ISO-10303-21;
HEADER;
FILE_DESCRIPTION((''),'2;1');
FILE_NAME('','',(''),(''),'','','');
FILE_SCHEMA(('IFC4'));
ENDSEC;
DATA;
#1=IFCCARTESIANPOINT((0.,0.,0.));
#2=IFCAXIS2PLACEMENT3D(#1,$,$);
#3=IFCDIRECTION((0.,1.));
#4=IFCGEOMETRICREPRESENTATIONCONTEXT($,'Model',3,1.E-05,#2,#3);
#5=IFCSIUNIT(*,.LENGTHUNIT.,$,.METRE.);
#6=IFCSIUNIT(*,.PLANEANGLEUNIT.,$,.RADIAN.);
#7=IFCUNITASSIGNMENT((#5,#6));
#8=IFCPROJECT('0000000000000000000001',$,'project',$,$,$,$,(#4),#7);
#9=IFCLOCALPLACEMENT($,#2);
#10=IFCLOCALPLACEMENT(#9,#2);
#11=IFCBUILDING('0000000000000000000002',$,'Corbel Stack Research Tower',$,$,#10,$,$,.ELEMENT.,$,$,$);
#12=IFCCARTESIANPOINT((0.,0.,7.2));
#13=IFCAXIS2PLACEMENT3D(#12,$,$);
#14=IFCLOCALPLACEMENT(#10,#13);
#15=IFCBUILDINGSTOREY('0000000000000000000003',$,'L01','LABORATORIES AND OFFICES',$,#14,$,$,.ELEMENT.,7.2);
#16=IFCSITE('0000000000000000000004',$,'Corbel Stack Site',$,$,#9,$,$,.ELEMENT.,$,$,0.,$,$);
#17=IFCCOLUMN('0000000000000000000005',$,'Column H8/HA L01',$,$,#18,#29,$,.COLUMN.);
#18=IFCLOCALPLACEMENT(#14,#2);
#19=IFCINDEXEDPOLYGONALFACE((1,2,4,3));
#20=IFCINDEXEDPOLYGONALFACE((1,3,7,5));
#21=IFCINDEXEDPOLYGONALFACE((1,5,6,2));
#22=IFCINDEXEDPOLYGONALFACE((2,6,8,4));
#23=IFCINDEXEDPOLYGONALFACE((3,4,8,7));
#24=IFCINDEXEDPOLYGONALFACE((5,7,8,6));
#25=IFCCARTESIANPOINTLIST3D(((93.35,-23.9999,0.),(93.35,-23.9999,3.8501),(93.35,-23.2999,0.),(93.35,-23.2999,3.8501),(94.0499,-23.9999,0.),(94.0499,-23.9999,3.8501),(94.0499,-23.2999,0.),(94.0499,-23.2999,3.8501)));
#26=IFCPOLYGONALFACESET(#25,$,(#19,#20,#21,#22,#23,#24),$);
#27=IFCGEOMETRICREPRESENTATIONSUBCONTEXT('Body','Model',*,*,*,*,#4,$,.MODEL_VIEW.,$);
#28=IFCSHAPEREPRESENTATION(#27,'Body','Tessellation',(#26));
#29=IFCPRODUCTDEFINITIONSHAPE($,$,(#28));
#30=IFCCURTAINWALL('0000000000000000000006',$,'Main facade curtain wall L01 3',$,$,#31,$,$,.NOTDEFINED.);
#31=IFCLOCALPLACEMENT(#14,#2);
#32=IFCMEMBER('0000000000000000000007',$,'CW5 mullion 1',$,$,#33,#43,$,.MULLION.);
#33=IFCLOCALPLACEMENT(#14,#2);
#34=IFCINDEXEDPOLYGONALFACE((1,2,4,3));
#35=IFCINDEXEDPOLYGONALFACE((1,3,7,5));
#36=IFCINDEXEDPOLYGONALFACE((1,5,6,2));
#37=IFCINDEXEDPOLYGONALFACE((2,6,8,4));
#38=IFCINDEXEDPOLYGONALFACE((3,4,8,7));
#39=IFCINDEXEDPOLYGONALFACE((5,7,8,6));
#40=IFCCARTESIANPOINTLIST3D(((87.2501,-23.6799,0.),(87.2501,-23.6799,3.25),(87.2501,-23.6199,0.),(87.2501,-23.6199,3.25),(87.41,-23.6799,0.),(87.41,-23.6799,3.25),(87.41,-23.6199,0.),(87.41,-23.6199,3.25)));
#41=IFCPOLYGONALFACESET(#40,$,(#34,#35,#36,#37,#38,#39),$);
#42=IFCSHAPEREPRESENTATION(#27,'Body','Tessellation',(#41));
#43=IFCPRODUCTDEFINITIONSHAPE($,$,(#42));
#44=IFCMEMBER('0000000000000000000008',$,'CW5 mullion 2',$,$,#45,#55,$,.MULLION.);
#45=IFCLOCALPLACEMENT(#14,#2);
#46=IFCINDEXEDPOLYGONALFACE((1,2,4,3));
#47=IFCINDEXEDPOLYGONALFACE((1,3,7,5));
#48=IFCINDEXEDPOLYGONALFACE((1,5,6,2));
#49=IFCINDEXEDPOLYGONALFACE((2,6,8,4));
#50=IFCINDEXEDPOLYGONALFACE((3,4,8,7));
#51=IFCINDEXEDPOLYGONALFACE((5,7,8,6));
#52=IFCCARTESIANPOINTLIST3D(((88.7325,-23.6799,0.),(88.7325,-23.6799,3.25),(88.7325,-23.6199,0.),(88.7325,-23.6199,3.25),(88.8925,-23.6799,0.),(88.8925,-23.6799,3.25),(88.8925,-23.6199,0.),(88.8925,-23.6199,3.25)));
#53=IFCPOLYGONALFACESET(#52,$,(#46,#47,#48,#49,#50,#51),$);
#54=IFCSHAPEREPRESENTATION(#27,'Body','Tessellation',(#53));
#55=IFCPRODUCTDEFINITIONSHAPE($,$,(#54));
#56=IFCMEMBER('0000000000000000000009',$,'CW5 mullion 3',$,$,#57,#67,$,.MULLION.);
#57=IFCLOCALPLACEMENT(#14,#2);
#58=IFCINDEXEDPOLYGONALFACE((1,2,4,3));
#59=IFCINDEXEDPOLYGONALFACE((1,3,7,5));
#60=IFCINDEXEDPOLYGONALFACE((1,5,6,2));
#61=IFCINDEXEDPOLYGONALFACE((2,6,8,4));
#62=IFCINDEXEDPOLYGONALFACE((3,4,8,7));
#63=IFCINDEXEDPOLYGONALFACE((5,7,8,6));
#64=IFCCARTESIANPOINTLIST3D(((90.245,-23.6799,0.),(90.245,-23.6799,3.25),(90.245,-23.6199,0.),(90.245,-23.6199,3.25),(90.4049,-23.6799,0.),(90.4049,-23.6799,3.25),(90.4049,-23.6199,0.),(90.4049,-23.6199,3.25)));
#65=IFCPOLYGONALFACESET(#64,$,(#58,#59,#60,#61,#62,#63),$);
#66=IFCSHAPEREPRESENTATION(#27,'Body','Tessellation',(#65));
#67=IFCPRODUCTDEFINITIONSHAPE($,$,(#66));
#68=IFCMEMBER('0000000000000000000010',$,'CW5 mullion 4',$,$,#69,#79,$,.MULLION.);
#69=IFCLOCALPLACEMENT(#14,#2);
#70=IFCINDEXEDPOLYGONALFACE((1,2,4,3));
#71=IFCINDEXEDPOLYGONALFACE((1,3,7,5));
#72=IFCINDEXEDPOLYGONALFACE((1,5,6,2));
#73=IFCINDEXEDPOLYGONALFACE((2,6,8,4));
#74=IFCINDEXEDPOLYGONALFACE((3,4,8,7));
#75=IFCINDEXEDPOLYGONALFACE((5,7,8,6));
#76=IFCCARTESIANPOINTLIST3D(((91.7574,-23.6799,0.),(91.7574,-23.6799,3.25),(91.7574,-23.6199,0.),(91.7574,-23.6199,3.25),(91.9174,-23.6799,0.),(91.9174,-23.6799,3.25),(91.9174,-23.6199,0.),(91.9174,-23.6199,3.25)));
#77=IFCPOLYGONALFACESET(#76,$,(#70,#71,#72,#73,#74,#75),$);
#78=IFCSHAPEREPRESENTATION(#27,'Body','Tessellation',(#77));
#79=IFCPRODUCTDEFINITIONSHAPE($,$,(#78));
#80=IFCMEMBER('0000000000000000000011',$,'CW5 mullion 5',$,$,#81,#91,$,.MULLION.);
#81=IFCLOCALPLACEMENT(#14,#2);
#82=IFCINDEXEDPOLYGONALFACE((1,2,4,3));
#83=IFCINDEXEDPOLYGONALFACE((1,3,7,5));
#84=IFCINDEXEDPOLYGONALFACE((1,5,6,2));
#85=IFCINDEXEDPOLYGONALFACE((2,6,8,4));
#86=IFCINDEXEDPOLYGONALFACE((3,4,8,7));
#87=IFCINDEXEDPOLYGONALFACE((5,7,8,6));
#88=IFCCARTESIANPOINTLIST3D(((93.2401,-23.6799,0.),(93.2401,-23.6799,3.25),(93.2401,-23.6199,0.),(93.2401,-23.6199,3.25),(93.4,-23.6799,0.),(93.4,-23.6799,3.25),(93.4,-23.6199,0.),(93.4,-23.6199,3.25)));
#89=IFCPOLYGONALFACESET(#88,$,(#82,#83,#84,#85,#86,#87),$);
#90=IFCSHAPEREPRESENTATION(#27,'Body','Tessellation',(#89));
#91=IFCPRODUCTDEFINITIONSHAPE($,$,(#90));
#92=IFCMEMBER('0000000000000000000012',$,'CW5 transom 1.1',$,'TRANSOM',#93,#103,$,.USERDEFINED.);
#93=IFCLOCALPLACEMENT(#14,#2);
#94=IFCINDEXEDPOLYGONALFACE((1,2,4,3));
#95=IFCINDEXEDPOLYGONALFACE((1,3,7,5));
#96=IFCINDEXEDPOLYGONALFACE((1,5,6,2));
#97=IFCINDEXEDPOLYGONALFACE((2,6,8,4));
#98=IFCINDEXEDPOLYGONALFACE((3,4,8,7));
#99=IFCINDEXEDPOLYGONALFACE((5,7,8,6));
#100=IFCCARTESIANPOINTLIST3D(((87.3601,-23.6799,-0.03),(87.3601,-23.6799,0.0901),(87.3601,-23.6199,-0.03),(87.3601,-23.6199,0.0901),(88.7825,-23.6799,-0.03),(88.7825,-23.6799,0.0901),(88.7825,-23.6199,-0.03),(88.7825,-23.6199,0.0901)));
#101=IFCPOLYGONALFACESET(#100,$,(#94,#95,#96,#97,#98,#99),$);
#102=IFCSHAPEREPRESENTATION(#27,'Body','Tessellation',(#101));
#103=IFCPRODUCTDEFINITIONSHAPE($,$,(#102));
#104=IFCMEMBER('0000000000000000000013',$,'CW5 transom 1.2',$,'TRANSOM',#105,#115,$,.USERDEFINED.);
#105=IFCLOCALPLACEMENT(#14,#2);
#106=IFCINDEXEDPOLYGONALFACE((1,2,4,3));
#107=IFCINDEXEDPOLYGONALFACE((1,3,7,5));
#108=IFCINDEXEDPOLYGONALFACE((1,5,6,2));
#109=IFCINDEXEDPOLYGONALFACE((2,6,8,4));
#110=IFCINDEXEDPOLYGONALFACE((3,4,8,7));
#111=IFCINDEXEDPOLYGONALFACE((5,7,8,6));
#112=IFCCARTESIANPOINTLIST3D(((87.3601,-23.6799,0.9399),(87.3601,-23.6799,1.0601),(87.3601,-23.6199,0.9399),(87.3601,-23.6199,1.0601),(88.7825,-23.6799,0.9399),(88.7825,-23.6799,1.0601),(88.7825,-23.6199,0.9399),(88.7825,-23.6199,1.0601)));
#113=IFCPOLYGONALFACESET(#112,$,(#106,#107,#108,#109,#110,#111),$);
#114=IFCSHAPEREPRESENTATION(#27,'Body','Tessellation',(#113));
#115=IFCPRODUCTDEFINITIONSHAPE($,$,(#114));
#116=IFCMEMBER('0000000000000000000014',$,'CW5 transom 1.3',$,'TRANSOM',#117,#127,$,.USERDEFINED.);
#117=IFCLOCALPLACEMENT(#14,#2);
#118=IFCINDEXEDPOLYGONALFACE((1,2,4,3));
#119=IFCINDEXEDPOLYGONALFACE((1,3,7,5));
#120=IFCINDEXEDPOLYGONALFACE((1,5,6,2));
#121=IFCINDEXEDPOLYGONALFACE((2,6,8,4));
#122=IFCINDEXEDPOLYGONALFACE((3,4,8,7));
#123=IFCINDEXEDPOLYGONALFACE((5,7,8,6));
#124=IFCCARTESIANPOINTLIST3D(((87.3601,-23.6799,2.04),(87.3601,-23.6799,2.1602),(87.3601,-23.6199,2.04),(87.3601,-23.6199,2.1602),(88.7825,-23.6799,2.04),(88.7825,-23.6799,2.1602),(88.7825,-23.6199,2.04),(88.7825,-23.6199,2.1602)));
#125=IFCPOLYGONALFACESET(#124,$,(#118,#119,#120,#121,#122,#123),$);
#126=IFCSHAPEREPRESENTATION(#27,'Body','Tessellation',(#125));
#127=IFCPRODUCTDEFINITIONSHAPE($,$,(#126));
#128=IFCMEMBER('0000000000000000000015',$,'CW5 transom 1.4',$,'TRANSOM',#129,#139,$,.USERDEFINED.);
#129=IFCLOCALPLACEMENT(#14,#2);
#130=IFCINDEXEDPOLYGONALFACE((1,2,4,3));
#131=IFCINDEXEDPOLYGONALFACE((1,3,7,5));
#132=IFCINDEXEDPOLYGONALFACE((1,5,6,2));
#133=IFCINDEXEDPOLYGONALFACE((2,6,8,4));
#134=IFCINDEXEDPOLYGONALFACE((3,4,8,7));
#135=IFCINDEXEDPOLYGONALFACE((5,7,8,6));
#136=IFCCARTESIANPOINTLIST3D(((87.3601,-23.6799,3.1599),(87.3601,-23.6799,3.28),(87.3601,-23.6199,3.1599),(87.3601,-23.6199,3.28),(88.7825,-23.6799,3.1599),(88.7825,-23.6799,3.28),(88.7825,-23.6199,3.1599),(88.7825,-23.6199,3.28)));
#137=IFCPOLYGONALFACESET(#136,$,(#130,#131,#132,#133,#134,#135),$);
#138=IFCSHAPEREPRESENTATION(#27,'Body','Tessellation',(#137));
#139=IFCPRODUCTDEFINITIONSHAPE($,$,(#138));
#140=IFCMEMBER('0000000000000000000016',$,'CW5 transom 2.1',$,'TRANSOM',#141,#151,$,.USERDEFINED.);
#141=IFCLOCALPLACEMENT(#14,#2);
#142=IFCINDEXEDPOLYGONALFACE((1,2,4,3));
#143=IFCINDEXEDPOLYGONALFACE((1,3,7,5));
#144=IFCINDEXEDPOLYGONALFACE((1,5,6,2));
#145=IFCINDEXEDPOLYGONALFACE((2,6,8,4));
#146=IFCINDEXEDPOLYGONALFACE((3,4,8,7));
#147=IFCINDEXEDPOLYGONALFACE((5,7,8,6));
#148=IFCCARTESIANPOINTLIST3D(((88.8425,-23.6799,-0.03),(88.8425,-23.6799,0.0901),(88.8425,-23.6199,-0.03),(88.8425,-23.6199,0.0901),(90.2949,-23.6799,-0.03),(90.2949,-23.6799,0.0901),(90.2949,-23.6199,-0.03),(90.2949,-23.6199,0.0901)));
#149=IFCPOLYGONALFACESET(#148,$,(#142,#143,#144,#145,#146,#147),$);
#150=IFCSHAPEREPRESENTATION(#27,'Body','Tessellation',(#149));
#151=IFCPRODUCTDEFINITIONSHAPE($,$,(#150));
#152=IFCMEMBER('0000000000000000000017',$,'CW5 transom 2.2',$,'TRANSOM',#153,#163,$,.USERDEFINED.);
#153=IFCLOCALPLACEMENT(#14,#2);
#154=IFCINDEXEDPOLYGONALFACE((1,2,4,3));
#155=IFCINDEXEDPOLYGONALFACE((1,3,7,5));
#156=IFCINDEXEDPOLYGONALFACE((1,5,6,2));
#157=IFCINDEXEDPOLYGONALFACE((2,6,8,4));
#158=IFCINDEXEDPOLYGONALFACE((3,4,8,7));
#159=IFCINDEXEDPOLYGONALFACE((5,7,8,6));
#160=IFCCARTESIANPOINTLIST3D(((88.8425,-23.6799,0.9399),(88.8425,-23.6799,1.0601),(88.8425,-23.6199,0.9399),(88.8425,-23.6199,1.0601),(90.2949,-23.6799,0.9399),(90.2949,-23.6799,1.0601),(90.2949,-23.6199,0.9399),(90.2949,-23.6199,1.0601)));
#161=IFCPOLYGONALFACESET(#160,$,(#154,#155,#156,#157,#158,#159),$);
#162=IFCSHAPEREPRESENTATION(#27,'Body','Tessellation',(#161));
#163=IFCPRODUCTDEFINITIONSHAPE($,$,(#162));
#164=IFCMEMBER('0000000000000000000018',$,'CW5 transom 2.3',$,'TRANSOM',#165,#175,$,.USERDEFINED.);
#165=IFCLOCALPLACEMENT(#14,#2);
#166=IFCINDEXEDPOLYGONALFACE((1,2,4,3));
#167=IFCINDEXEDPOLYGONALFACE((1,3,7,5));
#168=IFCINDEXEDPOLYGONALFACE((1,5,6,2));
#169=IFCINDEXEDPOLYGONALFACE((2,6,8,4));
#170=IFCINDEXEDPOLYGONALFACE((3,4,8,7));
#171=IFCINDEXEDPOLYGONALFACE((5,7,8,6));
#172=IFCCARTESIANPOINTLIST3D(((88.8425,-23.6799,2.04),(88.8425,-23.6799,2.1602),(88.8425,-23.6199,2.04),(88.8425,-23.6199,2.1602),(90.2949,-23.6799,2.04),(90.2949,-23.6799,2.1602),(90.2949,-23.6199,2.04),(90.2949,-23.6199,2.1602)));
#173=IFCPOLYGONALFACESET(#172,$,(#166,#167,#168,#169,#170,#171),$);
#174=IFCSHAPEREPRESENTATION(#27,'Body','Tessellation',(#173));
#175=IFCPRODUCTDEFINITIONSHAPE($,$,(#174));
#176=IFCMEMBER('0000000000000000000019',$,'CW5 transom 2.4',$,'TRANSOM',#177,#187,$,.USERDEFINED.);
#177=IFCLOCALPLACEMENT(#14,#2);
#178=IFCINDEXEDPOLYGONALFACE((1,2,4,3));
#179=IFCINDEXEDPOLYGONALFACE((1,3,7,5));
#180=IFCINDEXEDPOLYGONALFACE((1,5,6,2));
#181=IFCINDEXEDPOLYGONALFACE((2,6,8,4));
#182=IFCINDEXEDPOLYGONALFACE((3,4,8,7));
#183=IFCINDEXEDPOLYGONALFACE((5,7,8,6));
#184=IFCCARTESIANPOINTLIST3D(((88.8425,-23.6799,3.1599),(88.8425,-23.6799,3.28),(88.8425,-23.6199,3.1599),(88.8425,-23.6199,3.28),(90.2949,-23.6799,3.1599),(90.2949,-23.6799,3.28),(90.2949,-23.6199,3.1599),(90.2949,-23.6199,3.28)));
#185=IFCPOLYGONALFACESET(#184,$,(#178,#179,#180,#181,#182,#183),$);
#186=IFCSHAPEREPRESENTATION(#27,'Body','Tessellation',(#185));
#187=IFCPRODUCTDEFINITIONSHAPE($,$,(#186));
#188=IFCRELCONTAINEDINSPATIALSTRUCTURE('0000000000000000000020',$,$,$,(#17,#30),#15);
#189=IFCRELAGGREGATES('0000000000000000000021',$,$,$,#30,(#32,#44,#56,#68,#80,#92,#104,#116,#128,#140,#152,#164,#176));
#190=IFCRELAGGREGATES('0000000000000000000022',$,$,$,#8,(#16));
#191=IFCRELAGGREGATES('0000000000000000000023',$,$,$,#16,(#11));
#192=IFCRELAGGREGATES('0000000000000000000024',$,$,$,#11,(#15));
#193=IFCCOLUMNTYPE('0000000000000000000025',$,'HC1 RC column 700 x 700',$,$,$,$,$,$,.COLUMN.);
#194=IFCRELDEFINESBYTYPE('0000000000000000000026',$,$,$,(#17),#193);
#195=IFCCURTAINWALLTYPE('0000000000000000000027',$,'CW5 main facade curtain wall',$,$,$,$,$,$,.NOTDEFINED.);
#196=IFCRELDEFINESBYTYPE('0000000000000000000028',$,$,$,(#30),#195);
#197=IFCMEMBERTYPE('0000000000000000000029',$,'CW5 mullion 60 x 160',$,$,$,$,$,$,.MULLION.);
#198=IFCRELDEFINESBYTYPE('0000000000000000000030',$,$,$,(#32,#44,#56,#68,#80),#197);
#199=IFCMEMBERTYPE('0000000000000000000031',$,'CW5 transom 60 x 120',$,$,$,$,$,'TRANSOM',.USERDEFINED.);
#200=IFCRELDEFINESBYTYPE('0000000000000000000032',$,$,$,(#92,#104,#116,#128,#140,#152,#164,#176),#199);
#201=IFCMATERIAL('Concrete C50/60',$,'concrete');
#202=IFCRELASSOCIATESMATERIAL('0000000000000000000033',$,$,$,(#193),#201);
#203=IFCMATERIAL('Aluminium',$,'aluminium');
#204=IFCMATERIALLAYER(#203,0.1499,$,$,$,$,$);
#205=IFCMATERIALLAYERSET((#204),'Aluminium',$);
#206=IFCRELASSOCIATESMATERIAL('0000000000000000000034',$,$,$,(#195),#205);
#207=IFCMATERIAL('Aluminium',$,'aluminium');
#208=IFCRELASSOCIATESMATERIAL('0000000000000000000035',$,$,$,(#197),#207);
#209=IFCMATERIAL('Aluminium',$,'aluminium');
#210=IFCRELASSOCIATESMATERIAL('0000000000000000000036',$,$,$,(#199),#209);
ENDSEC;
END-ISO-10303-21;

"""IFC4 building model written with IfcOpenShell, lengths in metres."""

from ifc_helpers import new_model, si_unit, direction, frame, origin, origin_2d, place, context, subcontext, project, spatial, rectangle, extrude, material, layer, layer_set, material_profile, profile_set, type_object, element, aggregate, save


model = new_model("IFC4")

# Units and contexts
model_context = context("Model", 3, precision=1e-05, world=origin(), true_north=direction((0.0, 1.0)))
body_context = subcontext(model_context, "Body", "Model", "MODEL_VIEW")
ifc_project = project(units=[si_unit("LENGTHUNIT", "METRE"), si_unit("PLANEANGLEUNIT", "RADIAN")], contexts=[model_context])

# Site, building, storey
site_placement = place(None, origin())
site = spatial("IfcSite", under=ifc_project, at=site_placement, Name="Corbel Stack Site", CompositionType="ELEMENT", RefElevation=0.0)
building_placement = place(site_placement, origin())
building = spatial("IfcBuilding", under=site, at=building_placement, Name="Corbel Stack Research Tower", CompositionType="ELEMENT")
storey_placement = place(building_placement, frame((0.0, 0.0, 7.2)))
storey = spatial("IfcBuildingStorey", under=building, at=storey_placement, Name="L01", Description="LABORATORIES AND OFFICES", CompositionType="ELEMENT", Elevation=7.2)

# Column
ifc_material_1 = material(Name="Concrete C50/60", Category="concrete")
ifc_material_profile_1 = material_profile(ifc_material_1, rectangle(XDim=0.7, YDim=0.7, at=origin_2d()), Name="RC 700 x 700")
ifc_profile_set_1 = profile_set([ifc_material_profile_1], Name="Concrete C50/60")
column_type = type_object("IfcColumnType", Name="HC1 RC column 700 x 700", PredefinedType="COLUMN", material=ifc_profile_set_1)
column_placement = place(storey_placement, frame((93.7, -23.6499, 0.0), z_axis=(0.0, 0.0, 1.0), x_axis=(1.0, 0.0, 0.0)))
element("IfcColumn", 1, at=column_placement, inside=storey, type_object=column_type, Name="Column H8/HA L01", PredefinedType="COLUMN", context=body_context, shape_type="SweptSolid", body=[
    extrude(rectangle(XDim=0.7, YDim=0.7, at=origin_2d()), origin(), (0.0, 0.0, 1.0), 3.8501),
])

# Curtain wall, members
ifc_material_2 = material(Name="Aluminium", Category="aluminium")
ifc_layer_1 = layer(ifc_material_2, 0.1499)
ifc_layer_set_1 = layer_set([ifc_layer_1], Name="Aluminium")
curtain_wall_type = type_object("IfcCurtainWallType", Name="CW5 main facade curtain wall", PredefinedType="NOTDEFINED", material=ifc_layer_set_1)
curtain_wall_placement = place(storey_placement, origin())
curtain_wall = element("IfcCurtainWall", 2, at=curtain_wall_placement, inside=storey, type_object=curtain_wall_type, Name="Main facade curtain wall L01 3", PredefinedType="NOTDEFINED")
ifc_material_3 = material(Name="Aluminium", Category="aluminium")
ifc_material_profile_2 = material_profile(ifc_material_3, rectangle(XDim=0.0601, YDim=0.1599, at=origin_2d()), Name="Mullion 60 x 160")
ifc_profile_set_2 = profile_set([ifc_material_profile_2], Name="Aluminium")
member_type_1 = type_object("IfcMemberType", Name="CW5 mullion 60 x 160", PredefinedType="MULLION", material=ifc_profile_set_2)
member_1_placement = place(storey_placement, frame((87.3301, -23.6499, 0.0), z_axis=(0.0, 0.0, 1.0), x_axis=(0.0, 1.0, 0.0)))
member_1 = element("IfcMember", 3, at=member_1_placement, type_object=member_type_1, Name="CW5 mullion 1", PredefinedType="MULLION", context=body_context, shape_type="SweptSolid", body=[
    extrude(rectangle(XDim=0.0601, YDim=0.1599, at=origin_2d()), origin(), (0.0, 0.0, 1.0), 3.25),
])
member_2_placement = place(storey_placement, frame((88.8125, -23.6499, 0.0), z_axis=(0.0, 0.0, 1.0), x_axis=(0.0, 1.0, 0.0)))
member_2 = element("IfcMember", 4, at=member_2_placement, type_object=member_type_1, Name="CW5 mullion 2", PredefinedType="MULLION", context=body_context, shape_type="SweptSolid", body=[
    extrude(rectangle(XDim=0.0601, YDim=0.1599, at=origin_2d()), origin(), (0.0, 0.0, 1.0), 3.25),
])
member_3_placement = place(storey_placement, frame((90.325, -23.6499, 0.0), z_axis=(0.0, 0.0, 1.0), x_axis=(0.0, 1.0, 0.0)))
member_3 = element("IfcMember", 5, at=member_3_placement, type_object=member_type_1, Name="CW5 mullion 3", PredefinedType="MULLION", context=body_context, shape_type="SweptSolid", body=[
    extrude(rectangle(XDim=0.0601, YDim=0.1599, at=origin_2d()), origin(), (0.0, 0.0, 1.0), 3.25),
])
member_4_placement = place(storey_placement, frame((91.8374, -23.6499, 0.0), z_axis=(0.0, 0.0, 1.0), x_axis=(0.0, 1.0, 0.0)))
member_4 = element("IfcMember", 6, at=member_4_placement, type_object=member_type_1, Name="CW5 mullion 4", PredefinedType="MULLION", context=body_context, shape_type="SweptSolid", body=[
    extrude(rectangle(XDim=0.0601, YDim=0.1599, at=origin_2d()), origin(), (0.0, 0.0, 1.0), 3.25),
])
member_5_placement = place(storey_placement, frame((93.3201, -23.6499, 0.0), z_axis=(0.0, 0.0, 1.0), x_axis=(0.0, 1.0, 0.0)))
member_5 = element("IfcMember", 7, at=member_5_placement, type_object=member_type_1, Name="CW5 mullion 5", PredefinedType="MULLION", context=body_context, shape_type="SweptSolid", body=[
    extrude(rectangle(XDim=0.0601, YDim=0.1599, at=origin_2d()), origin(), (0.0, 0.0, 1.0), 3.25),
])
ifc_material_4 = material(Name="Aluminium", Category="aluminium")
ifc_material_profile_3 = material_profile(ifc_material_4, rectangle(XDim=0.0601, YDim=0.1201, at=origin_2d()), Name="Transom 60 x 120")
ifc_profile_set_3 = profile_set([ifc_material_profile_3], Name="Aluminium")
member_type_2 = type_object("IfcMemberType", Name="CW5 transom 60 x 120", ElementType="TRANSOM", PredefinedType="USERDEFINED", material=ifc_profile_set_3)
member_6_placement = place(storey_placement, frame((87.3601, -23.6499, 0.03), z_axis=(1.0, 0.0, 0.0), x_axis=(0.0, 1.0, 0.0)))
member_6 = element("IfcMember", 8, at=member_6_placement, type_object=member_type_2, Name="CW5 transom 1.1", ObjectType="TRANSOM", PredefinedType="USERDEFINED", context=body_context, shape_type="SweptSolid", body=[
    extrude(rectangle(XDim=0.0601, YDim=0.1201, at=origin_2d()), origin(), (0.0, 0.0, 1.0), 1.4224),
])
member_7_placement = place(storey_placement, frame((87.3601, -23.6499, 1.0), z_axis=(1.0, 0.0, 0.0), x_axis=(0.0, 1.0, 0.0)))
member_7 = element("IfcMember", 9, at=member_7_placement, type_object=member_type_2, Name="CW5 transom 1.2", ObjectType="TRANSOM", PredefinedType="USERDEFINED", context=body_context, shape_type="SweptSolid", body=[
    extrude(rectangle(XDim=0.0601, YDim=0.1201, at=origin_2d()), origin(), (0.0, 0.0, 1.0), 1.4224),
])
member_8_placement = place(storey_placement, frame((87.3601, -23.6499, 2.1001), z_axis=(1.0, 0.0, 0.0), x_axis=(0.0, 1.0, 0.0)))
member_8 = element("IfcMember", 10, at=member_8_placement, type_object=member_type_2, Name="CW5 transom 1.3", ObjectType="TRANSOM", PredefinedType="USERDEFINED", context=body_context, shape_type="SweptSolid", body=[
    extrude(rectangle(XDim=0.0601, YDim=0.1201, at=origin_2d()), origin(), (0.0, 0.0, 1.0), 1.4224),
])
member_9_placement = place(storey_placement, frame((87.3601, -23.6499, 3.22), z_axis=(1.0, 0.0, 0.0), x_axis=(0.0, 1.0, 0.0)))
member_9 = element("IfcMember", 11, at=member_9_placement, type_object=member_type_2, Name="CW5 transom 1.4", ObjectType="TRANSOM", PredefinedType="USERDEFINED", context=body_context, shape_type="SweptSolid", body=[
    extrude(rectangle(XDim=0.0601, YDim=0.1201, at=origin_2d()), origin(), (0.0, 0.0, 1.0), 1.4224),
])
member_10_placement = place(storey_placement, frame((88.8425, -23.6499, 0.03), z_axis=(1.0, 0.0, 0.0), x_axis=(0.0, 1.0, 0.0)))
member_10 = element("IfcMember", 12, at=member_10_placement, type_object=member_type_2, Name="CW5 transom 2.1", ObjectType="TRANSOM", PredefinedType="USERDEFINED", context=body_context, shape_type="SweptSolid", body=[
    extrude(rectangle(XDim=0.0601, YDim=0.1201, at=origin_2d()), origin(), (0.0, 0.0, 1.0), 1.4524),
])
member_11_placement = place(storey_placement, frame((88.8425, -23.6499, 1.0), z_axis=(1.0, 0.0, 0.0), x_axis=(0.0, 1.0, 0.0)))
member_11 = element("IfcMember", 13, at=member_11_placement, type_object=member_type_2, Name="CW5 transom 2.2", ObjectType="TRANSOM", PredefinedType="USERDEFINED", context=body_context, shape_type="SweptSolid", body=[
    extrude(rectangle(XDim=0.0601, YDim=0.1201, at=origin_2d()), origin(), (0.0, 0.0, 1.0), 1.4524),
])
member_12_placement = place(storey_placement, frame((88.8425, -23.6499, 2.1001), z_axis=(1.0, 0.0, 0.0), x_axis=(0.0, 1.0, 0.0)))
member_12 = element("IfcMember", 14, at=member_12_placement, type_object=member_type_2, Name="CW5 transom 2.3", ObjectType="TRANSOM", PredefinedType="USERDEFINED", context=body_context, shape_type="SweptSolid", body=[
    extrude(rectangle(XDim=0.0601, YDim=0.1201, at=origin_2d()), origin(), (0.0, 0.0, 1.0), 1.4524),
])
member_13_placement = place(storey_placement, frame((88.8425, -23.6499, 3.22), z_axis=(1.0, 0.0, 0.0), x_axis=(0.0, 1.0, 0.0)))
member_13 = element("IfcMember", 15, at=member_13_placement, type_object=member_type_2, Name="CW5 transom 2.4", ObjectType="TRANSOM", PredefinedType="USERDEFINED", context=body_context, shape_type="SweptSolid", body=[
    extrude(rectangle(XDim=0.0601, YDim=0.1201, at=origin_2d()), origin(), (0.0, 0.0, 1.0), 1.4524),
])
aggregate(curtain_wall, [member_1, member_2, member_3, member_4, member_5, member_6, member_7, member_8, member_9, member_10, member_11, member_12, member_13])

save(model, "model.ifc")
